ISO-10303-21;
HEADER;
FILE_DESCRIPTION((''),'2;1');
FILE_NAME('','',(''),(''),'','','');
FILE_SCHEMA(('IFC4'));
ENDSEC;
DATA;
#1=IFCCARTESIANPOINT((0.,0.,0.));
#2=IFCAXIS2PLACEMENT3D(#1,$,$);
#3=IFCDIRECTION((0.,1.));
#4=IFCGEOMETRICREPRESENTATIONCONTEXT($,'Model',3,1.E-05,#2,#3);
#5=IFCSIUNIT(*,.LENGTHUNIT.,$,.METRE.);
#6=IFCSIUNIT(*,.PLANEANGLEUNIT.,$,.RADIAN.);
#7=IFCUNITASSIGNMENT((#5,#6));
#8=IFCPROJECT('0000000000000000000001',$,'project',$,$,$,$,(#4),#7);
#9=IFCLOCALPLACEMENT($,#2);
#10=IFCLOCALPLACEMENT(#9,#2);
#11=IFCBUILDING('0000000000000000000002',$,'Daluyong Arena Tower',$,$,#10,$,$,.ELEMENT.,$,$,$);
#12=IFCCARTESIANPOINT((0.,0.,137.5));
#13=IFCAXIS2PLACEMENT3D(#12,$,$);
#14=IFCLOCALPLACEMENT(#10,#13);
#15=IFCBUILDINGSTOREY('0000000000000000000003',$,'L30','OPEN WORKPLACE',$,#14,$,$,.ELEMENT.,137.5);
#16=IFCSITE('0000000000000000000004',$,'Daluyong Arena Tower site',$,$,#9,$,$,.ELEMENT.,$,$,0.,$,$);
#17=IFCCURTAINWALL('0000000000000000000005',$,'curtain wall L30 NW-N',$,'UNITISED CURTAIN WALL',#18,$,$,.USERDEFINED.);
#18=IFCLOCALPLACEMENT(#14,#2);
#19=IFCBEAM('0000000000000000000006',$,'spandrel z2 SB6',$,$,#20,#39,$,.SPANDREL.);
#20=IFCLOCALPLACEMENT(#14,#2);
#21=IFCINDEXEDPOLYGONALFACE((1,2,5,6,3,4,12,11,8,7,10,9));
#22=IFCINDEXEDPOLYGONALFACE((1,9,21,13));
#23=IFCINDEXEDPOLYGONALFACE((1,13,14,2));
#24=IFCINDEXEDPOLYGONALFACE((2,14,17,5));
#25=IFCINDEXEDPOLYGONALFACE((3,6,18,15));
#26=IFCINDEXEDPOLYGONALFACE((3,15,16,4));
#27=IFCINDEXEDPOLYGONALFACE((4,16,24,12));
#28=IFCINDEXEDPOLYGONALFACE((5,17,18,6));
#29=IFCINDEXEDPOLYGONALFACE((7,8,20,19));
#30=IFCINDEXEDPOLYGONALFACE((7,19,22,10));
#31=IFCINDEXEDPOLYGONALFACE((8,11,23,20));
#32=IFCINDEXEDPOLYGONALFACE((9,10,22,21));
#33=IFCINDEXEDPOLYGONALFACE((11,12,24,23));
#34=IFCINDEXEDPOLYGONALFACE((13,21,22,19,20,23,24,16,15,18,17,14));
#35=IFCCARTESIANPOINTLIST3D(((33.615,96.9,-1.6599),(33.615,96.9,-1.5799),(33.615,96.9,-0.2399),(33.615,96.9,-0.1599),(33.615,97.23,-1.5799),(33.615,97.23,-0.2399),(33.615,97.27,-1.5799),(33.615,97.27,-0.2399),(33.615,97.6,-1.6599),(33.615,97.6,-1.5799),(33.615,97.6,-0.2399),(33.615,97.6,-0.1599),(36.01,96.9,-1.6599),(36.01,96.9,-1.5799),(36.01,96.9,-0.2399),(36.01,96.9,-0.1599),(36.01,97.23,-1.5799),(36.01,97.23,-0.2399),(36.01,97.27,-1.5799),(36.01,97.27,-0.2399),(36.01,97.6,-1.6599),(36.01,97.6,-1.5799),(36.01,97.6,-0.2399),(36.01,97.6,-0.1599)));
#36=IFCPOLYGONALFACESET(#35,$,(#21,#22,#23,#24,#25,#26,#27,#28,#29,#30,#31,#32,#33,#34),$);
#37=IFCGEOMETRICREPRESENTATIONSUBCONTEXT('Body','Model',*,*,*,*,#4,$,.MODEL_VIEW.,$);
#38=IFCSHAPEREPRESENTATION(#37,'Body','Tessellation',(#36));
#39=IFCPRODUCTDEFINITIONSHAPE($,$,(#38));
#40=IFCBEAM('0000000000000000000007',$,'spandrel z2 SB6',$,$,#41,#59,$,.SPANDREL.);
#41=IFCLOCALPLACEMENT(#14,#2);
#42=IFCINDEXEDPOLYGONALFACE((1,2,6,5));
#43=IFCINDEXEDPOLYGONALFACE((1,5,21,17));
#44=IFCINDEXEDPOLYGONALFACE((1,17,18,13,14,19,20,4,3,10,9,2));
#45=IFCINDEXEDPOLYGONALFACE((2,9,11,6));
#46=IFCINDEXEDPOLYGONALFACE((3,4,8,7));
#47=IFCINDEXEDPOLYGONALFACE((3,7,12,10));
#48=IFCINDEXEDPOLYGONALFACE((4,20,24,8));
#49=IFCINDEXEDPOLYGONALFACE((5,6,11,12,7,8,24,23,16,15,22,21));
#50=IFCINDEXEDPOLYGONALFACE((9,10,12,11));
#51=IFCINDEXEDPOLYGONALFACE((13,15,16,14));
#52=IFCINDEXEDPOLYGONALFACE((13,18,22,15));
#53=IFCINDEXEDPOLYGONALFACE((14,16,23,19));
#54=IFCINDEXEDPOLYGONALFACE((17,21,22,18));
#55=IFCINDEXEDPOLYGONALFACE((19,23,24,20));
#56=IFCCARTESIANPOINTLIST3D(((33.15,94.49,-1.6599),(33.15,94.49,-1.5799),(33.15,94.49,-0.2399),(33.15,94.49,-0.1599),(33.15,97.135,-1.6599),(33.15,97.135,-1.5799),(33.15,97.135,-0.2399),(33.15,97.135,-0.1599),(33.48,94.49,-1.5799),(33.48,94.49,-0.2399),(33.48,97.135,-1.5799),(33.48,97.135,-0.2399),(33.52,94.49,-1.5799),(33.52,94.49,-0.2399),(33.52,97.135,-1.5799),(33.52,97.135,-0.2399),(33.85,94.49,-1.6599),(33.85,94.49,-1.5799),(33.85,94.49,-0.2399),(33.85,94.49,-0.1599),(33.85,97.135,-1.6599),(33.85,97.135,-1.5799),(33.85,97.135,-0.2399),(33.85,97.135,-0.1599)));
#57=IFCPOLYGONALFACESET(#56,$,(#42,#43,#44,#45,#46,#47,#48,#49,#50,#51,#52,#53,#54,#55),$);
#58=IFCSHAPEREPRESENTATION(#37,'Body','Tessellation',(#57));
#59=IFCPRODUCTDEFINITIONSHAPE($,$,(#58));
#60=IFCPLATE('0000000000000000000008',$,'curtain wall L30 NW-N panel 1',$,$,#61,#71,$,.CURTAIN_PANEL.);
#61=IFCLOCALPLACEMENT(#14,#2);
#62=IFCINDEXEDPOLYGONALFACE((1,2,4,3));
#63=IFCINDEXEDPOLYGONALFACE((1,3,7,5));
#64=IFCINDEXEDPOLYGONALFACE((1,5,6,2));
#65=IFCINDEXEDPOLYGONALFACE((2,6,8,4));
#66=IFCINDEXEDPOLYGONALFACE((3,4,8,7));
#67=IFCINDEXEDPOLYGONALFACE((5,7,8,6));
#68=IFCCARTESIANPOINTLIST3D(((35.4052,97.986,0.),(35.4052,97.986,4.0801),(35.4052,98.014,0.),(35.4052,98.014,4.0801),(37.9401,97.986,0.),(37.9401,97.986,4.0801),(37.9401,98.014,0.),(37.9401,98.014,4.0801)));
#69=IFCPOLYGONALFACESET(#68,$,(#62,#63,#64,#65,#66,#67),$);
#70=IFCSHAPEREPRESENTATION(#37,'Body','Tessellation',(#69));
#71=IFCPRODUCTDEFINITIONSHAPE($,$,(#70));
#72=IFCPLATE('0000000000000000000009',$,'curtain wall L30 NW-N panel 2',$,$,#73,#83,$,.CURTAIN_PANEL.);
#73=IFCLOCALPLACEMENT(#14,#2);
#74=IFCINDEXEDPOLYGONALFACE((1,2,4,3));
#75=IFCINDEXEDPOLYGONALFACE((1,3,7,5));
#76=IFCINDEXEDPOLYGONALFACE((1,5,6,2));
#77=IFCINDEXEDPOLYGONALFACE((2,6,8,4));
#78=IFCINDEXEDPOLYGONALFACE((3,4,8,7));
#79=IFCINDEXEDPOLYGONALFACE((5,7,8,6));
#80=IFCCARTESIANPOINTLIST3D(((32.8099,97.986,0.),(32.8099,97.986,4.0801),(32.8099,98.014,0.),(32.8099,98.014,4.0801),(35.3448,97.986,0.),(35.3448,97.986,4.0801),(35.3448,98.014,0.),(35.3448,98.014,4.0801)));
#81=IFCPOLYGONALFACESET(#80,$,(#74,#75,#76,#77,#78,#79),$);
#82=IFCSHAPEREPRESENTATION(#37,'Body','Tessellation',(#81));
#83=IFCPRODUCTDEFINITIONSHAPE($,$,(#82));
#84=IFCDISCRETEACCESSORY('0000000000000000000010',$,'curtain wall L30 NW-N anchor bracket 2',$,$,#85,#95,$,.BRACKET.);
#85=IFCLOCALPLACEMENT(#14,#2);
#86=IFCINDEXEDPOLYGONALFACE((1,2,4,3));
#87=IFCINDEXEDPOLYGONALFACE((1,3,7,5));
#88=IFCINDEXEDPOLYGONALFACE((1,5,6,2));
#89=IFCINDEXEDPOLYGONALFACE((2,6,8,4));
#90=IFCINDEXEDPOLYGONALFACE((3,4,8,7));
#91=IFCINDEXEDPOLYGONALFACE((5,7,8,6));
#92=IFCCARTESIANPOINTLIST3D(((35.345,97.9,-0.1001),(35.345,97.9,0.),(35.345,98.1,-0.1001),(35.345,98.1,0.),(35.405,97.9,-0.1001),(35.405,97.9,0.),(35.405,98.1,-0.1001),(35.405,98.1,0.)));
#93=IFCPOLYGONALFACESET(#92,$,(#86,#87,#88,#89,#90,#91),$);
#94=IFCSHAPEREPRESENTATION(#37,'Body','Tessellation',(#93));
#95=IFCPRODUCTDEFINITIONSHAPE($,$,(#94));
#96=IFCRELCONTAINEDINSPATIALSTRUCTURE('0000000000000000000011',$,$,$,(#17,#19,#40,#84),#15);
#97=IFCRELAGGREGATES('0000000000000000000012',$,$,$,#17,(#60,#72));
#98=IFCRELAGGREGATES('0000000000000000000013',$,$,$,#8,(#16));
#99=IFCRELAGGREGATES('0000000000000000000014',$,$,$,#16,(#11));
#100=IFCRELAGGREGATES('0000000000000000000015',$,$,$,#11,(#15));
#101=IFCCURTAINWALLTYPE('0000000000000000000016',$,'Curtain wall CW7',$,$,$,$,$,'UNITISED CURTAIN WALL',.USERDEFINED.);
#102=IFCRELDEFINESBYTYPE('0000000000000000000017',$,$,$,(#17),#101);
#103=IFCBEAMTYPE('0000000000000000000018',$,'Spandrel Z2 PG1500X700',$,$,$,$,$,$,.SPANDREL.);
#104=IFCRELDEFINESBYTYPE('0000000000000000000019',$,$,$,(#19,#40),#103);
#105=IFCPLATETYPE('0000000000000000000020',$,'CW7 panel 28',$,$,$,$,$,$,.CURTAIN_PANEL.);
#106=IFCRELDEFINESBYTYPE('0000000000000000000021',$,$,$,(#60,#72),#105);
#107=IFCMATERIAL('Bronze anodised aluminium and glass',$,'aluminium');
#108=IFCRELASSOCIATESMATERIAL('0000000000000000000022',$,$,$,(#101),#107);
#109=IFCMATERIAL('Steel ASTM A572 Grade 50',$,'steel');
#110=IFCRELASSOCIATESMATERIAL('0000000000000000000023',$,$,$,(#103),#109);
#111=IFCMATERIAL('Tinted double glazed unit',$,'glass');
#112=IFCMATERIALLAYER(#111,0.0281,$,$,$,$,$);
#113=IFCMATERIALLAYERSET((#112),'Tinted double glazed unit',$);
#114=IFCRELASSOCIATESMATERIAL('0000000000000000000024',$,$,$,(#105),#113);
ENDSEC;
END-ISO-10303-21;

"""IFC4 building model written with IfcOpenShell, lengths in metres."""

from ifc_helpers import new_model, si_unit, direction, frame, origin, origin_2d, place, context, subcontext, project, spatial, rectangle, i_section, extrude, material, layer, layer_set, material_profile, profile_set, type_object, element, aggregate, save


model = new_model("IFC4")

# Units and contexts
model_context = context("Model", 3, precision=1e-05, world=origin(), true_north=direction((0.0, 1.0)))
body_context = subcontext(model_context, "Body", "Model", "MODEL_VIEW")
ifc_project = project(units=[si_unit("LENGTHUNIT", "METRE"), si_unit("PLANEANGLEUNIT", "RADIAN")], contexts=[model_context])

# Site, building, storey
site_placement = place(None, origin())
site = spatial("IfcSite", under=ifc_project, at=site_placement, Name="Daluyong Arena Tower site", CompositionType="ELEMENT", RefElevation=0.0)
building_placement = place(site_placement, origin())
building = spatial("IfcBuilding", under=site, at=building_placement, Name="Daluyong Arena Tower", CompositionType="ELEMENT")
storey_placement = place(building_placement, frame((0.0, 0.0, 137.5)))
storey = spatial("IfcBuildingStorey", under=building, at=storey_placement, Name="L30", Description="OPEN WORKPLACE", CompositionType="ELEMENT", Elevation=137.5)

# Curtain wall
ifc_material_1 = material(Name="Bronze anodised aluminium and glass", Category="aluminium")
curtain_wall_type_1 = type_object("IfcCurtainWallType", Name="Curtain wall CW7", ElementType="UNITISED CURTAIN WALL", PredefinedType="USERDEFINED", material=ifc_material_1)
curtain_wall_1_placement = place(storey_placement, origin())
curtain_wall_1 = element("IfcCurtainWall", 1, at=curtain_wall_1_placement, inside=storey, type_object=curtain_wall_type_1, Name="curtain wall L30 NW-N", ObjectType="UNITISED CURTAIN WALL", PredefinedType="USERDEFINED")

# Beams
ifc_material_2 = material(Name="Steel ASTM A572 Grade 50", Category="steel")
ifc_material_profile_1 = material_profile(ifc_material_2, i_section(OverallWidth=0.7, OverallDepth=1.5, WebThickness=0.04, FlangeThickness=0.08, at=origin_2d()))
ifc_profile_set_1 = profile_set([ifc_material_profile_1], Name="Steel ASTM A572 Grade 50")
beam_type = type_object("IfcBeamType", Name="Spandrel Z2 PG1500X700", PredefinedType="SPANDREL", material=ifc_profile_set_1)
beam_1_placement = place(storey_placement, frame((36.01, 97.25, -0.9099), z_axis=(-1.0, 0.0, 0.0), x_axis=(0.0, -1.0, 0.0)))
element("IfcBeam", 2, at=beam_1_placement, inside=storey, type_object=beam_type, Name="spandrel z2 SB6", PredefinedType="SPANDREL", context=body_context, shape_type="SweptSolid", body=[
    extrude(i_section(OverallWidth=0.7, OverallDepth=1.5, WebThickness=0.04, FlangeThickness=0.08, at=origin_2d()), origin(), (0.0, 0.0, 1.0), 2.395),
])
beam_2_placement = place(storey_placement, frame((33.5, 97.135, -0.9099), z_axis=(0.0, -1.0, 0.0), x_axis=(1.0, 0.0, 0.0)))
element("IfcBeam", 3, at=beam_2_placement, inside=storey, type_object=beam_type, Name="spandrel z2 SB6", PredefinedType="SPANDREL", context=body_context, shape_type="SweptSolid", body=[
    extrude(i_section(OverallWidth=0.7, OverallDepth=1.5, WebThickness=0.04, FlangeThickness=0.08, at=origin_2d()), origin(), (0.0, 0.0, 1.0), 2.645),
])

# Plates
ifc_material_3 = material(Name="Tinted double glazed unit", Category="glass")
ifc_layer = layer(ifc_material_3, 0.0281)
ifc_layer_set = layer_set([ifc_layer], Name="Tinted double glazed unit")
plate_type = type_object("IfcPlateType", Name="CW7 panel 28", PredefinedType="CURTAIN_PANEL", material=ifc_layer_set)
plate_1_placement = place(storey_placement, frame((36.6726, 98.0, 0.0), z_axis=(0.0, 0.0, 1.0), x_axis=(-1.0, 0.0, 0.0)))
plate_1 = element("IfcPlate", 4, at=plate_1_placement, type_object=plate_type, Name="curtain wall L30 NW-N panel 1", PredefinedType="CURTAIN_PANEL", context=body_context, shape_type="SweptSolid", body=[
    extrude(rectangle(XDim=2.5349, YDim=0.0281, at=origin_2d()), origin(), (0.0, 0.0, 1.0), 4.0801),
])
plate_2_placement = place(storey_placement, frame((34.0774, 98.0, 0.0), z_axis=(0.0, 0.0, 1.0), x_axis=(-1.0, 0.0, 0.0)))
plate_2 = element("IfcPlate", 5, at=plate_2_placement, type_object=plate_type, Name="curtain wall L30 NW-N panel 2", PredefinedType="CURTAIN_PANEL", context=body_context, shape_type="SweptSolid", body=[
    extrude(rectangle(XDim=2.5349, YDim=0.0281, at=origin_2d()), origin(), (0.0, 0.0, 1.0), 4.0801),
])
aggregate(curtain_wall_1, [plate_1, plate_2])

# Discrete accessory
discrete_accessory_placement = place(storey_placement, frame((35.375, 98.0, -0.1001), z_axis=(0.0, 0.0, 1.0), x_axis=(-1.0, 0.0, 0.0)))
element("IfcDiscreteAccessory", 6, at=discrete_accessory_placement, inside=storey, Name="curtain wall L30 NW-N anchor bracket 2", PredefinedType="BRACKET", context=body_context, shape_type="SweptSolid", body=[
    extrude(rectangle(XDim=0.0601, YDim=0.2, at=origin_2d()), origin(), (0.0, 0.0, 1.0), 0.1001),
])

save(model, "model.ifc")
